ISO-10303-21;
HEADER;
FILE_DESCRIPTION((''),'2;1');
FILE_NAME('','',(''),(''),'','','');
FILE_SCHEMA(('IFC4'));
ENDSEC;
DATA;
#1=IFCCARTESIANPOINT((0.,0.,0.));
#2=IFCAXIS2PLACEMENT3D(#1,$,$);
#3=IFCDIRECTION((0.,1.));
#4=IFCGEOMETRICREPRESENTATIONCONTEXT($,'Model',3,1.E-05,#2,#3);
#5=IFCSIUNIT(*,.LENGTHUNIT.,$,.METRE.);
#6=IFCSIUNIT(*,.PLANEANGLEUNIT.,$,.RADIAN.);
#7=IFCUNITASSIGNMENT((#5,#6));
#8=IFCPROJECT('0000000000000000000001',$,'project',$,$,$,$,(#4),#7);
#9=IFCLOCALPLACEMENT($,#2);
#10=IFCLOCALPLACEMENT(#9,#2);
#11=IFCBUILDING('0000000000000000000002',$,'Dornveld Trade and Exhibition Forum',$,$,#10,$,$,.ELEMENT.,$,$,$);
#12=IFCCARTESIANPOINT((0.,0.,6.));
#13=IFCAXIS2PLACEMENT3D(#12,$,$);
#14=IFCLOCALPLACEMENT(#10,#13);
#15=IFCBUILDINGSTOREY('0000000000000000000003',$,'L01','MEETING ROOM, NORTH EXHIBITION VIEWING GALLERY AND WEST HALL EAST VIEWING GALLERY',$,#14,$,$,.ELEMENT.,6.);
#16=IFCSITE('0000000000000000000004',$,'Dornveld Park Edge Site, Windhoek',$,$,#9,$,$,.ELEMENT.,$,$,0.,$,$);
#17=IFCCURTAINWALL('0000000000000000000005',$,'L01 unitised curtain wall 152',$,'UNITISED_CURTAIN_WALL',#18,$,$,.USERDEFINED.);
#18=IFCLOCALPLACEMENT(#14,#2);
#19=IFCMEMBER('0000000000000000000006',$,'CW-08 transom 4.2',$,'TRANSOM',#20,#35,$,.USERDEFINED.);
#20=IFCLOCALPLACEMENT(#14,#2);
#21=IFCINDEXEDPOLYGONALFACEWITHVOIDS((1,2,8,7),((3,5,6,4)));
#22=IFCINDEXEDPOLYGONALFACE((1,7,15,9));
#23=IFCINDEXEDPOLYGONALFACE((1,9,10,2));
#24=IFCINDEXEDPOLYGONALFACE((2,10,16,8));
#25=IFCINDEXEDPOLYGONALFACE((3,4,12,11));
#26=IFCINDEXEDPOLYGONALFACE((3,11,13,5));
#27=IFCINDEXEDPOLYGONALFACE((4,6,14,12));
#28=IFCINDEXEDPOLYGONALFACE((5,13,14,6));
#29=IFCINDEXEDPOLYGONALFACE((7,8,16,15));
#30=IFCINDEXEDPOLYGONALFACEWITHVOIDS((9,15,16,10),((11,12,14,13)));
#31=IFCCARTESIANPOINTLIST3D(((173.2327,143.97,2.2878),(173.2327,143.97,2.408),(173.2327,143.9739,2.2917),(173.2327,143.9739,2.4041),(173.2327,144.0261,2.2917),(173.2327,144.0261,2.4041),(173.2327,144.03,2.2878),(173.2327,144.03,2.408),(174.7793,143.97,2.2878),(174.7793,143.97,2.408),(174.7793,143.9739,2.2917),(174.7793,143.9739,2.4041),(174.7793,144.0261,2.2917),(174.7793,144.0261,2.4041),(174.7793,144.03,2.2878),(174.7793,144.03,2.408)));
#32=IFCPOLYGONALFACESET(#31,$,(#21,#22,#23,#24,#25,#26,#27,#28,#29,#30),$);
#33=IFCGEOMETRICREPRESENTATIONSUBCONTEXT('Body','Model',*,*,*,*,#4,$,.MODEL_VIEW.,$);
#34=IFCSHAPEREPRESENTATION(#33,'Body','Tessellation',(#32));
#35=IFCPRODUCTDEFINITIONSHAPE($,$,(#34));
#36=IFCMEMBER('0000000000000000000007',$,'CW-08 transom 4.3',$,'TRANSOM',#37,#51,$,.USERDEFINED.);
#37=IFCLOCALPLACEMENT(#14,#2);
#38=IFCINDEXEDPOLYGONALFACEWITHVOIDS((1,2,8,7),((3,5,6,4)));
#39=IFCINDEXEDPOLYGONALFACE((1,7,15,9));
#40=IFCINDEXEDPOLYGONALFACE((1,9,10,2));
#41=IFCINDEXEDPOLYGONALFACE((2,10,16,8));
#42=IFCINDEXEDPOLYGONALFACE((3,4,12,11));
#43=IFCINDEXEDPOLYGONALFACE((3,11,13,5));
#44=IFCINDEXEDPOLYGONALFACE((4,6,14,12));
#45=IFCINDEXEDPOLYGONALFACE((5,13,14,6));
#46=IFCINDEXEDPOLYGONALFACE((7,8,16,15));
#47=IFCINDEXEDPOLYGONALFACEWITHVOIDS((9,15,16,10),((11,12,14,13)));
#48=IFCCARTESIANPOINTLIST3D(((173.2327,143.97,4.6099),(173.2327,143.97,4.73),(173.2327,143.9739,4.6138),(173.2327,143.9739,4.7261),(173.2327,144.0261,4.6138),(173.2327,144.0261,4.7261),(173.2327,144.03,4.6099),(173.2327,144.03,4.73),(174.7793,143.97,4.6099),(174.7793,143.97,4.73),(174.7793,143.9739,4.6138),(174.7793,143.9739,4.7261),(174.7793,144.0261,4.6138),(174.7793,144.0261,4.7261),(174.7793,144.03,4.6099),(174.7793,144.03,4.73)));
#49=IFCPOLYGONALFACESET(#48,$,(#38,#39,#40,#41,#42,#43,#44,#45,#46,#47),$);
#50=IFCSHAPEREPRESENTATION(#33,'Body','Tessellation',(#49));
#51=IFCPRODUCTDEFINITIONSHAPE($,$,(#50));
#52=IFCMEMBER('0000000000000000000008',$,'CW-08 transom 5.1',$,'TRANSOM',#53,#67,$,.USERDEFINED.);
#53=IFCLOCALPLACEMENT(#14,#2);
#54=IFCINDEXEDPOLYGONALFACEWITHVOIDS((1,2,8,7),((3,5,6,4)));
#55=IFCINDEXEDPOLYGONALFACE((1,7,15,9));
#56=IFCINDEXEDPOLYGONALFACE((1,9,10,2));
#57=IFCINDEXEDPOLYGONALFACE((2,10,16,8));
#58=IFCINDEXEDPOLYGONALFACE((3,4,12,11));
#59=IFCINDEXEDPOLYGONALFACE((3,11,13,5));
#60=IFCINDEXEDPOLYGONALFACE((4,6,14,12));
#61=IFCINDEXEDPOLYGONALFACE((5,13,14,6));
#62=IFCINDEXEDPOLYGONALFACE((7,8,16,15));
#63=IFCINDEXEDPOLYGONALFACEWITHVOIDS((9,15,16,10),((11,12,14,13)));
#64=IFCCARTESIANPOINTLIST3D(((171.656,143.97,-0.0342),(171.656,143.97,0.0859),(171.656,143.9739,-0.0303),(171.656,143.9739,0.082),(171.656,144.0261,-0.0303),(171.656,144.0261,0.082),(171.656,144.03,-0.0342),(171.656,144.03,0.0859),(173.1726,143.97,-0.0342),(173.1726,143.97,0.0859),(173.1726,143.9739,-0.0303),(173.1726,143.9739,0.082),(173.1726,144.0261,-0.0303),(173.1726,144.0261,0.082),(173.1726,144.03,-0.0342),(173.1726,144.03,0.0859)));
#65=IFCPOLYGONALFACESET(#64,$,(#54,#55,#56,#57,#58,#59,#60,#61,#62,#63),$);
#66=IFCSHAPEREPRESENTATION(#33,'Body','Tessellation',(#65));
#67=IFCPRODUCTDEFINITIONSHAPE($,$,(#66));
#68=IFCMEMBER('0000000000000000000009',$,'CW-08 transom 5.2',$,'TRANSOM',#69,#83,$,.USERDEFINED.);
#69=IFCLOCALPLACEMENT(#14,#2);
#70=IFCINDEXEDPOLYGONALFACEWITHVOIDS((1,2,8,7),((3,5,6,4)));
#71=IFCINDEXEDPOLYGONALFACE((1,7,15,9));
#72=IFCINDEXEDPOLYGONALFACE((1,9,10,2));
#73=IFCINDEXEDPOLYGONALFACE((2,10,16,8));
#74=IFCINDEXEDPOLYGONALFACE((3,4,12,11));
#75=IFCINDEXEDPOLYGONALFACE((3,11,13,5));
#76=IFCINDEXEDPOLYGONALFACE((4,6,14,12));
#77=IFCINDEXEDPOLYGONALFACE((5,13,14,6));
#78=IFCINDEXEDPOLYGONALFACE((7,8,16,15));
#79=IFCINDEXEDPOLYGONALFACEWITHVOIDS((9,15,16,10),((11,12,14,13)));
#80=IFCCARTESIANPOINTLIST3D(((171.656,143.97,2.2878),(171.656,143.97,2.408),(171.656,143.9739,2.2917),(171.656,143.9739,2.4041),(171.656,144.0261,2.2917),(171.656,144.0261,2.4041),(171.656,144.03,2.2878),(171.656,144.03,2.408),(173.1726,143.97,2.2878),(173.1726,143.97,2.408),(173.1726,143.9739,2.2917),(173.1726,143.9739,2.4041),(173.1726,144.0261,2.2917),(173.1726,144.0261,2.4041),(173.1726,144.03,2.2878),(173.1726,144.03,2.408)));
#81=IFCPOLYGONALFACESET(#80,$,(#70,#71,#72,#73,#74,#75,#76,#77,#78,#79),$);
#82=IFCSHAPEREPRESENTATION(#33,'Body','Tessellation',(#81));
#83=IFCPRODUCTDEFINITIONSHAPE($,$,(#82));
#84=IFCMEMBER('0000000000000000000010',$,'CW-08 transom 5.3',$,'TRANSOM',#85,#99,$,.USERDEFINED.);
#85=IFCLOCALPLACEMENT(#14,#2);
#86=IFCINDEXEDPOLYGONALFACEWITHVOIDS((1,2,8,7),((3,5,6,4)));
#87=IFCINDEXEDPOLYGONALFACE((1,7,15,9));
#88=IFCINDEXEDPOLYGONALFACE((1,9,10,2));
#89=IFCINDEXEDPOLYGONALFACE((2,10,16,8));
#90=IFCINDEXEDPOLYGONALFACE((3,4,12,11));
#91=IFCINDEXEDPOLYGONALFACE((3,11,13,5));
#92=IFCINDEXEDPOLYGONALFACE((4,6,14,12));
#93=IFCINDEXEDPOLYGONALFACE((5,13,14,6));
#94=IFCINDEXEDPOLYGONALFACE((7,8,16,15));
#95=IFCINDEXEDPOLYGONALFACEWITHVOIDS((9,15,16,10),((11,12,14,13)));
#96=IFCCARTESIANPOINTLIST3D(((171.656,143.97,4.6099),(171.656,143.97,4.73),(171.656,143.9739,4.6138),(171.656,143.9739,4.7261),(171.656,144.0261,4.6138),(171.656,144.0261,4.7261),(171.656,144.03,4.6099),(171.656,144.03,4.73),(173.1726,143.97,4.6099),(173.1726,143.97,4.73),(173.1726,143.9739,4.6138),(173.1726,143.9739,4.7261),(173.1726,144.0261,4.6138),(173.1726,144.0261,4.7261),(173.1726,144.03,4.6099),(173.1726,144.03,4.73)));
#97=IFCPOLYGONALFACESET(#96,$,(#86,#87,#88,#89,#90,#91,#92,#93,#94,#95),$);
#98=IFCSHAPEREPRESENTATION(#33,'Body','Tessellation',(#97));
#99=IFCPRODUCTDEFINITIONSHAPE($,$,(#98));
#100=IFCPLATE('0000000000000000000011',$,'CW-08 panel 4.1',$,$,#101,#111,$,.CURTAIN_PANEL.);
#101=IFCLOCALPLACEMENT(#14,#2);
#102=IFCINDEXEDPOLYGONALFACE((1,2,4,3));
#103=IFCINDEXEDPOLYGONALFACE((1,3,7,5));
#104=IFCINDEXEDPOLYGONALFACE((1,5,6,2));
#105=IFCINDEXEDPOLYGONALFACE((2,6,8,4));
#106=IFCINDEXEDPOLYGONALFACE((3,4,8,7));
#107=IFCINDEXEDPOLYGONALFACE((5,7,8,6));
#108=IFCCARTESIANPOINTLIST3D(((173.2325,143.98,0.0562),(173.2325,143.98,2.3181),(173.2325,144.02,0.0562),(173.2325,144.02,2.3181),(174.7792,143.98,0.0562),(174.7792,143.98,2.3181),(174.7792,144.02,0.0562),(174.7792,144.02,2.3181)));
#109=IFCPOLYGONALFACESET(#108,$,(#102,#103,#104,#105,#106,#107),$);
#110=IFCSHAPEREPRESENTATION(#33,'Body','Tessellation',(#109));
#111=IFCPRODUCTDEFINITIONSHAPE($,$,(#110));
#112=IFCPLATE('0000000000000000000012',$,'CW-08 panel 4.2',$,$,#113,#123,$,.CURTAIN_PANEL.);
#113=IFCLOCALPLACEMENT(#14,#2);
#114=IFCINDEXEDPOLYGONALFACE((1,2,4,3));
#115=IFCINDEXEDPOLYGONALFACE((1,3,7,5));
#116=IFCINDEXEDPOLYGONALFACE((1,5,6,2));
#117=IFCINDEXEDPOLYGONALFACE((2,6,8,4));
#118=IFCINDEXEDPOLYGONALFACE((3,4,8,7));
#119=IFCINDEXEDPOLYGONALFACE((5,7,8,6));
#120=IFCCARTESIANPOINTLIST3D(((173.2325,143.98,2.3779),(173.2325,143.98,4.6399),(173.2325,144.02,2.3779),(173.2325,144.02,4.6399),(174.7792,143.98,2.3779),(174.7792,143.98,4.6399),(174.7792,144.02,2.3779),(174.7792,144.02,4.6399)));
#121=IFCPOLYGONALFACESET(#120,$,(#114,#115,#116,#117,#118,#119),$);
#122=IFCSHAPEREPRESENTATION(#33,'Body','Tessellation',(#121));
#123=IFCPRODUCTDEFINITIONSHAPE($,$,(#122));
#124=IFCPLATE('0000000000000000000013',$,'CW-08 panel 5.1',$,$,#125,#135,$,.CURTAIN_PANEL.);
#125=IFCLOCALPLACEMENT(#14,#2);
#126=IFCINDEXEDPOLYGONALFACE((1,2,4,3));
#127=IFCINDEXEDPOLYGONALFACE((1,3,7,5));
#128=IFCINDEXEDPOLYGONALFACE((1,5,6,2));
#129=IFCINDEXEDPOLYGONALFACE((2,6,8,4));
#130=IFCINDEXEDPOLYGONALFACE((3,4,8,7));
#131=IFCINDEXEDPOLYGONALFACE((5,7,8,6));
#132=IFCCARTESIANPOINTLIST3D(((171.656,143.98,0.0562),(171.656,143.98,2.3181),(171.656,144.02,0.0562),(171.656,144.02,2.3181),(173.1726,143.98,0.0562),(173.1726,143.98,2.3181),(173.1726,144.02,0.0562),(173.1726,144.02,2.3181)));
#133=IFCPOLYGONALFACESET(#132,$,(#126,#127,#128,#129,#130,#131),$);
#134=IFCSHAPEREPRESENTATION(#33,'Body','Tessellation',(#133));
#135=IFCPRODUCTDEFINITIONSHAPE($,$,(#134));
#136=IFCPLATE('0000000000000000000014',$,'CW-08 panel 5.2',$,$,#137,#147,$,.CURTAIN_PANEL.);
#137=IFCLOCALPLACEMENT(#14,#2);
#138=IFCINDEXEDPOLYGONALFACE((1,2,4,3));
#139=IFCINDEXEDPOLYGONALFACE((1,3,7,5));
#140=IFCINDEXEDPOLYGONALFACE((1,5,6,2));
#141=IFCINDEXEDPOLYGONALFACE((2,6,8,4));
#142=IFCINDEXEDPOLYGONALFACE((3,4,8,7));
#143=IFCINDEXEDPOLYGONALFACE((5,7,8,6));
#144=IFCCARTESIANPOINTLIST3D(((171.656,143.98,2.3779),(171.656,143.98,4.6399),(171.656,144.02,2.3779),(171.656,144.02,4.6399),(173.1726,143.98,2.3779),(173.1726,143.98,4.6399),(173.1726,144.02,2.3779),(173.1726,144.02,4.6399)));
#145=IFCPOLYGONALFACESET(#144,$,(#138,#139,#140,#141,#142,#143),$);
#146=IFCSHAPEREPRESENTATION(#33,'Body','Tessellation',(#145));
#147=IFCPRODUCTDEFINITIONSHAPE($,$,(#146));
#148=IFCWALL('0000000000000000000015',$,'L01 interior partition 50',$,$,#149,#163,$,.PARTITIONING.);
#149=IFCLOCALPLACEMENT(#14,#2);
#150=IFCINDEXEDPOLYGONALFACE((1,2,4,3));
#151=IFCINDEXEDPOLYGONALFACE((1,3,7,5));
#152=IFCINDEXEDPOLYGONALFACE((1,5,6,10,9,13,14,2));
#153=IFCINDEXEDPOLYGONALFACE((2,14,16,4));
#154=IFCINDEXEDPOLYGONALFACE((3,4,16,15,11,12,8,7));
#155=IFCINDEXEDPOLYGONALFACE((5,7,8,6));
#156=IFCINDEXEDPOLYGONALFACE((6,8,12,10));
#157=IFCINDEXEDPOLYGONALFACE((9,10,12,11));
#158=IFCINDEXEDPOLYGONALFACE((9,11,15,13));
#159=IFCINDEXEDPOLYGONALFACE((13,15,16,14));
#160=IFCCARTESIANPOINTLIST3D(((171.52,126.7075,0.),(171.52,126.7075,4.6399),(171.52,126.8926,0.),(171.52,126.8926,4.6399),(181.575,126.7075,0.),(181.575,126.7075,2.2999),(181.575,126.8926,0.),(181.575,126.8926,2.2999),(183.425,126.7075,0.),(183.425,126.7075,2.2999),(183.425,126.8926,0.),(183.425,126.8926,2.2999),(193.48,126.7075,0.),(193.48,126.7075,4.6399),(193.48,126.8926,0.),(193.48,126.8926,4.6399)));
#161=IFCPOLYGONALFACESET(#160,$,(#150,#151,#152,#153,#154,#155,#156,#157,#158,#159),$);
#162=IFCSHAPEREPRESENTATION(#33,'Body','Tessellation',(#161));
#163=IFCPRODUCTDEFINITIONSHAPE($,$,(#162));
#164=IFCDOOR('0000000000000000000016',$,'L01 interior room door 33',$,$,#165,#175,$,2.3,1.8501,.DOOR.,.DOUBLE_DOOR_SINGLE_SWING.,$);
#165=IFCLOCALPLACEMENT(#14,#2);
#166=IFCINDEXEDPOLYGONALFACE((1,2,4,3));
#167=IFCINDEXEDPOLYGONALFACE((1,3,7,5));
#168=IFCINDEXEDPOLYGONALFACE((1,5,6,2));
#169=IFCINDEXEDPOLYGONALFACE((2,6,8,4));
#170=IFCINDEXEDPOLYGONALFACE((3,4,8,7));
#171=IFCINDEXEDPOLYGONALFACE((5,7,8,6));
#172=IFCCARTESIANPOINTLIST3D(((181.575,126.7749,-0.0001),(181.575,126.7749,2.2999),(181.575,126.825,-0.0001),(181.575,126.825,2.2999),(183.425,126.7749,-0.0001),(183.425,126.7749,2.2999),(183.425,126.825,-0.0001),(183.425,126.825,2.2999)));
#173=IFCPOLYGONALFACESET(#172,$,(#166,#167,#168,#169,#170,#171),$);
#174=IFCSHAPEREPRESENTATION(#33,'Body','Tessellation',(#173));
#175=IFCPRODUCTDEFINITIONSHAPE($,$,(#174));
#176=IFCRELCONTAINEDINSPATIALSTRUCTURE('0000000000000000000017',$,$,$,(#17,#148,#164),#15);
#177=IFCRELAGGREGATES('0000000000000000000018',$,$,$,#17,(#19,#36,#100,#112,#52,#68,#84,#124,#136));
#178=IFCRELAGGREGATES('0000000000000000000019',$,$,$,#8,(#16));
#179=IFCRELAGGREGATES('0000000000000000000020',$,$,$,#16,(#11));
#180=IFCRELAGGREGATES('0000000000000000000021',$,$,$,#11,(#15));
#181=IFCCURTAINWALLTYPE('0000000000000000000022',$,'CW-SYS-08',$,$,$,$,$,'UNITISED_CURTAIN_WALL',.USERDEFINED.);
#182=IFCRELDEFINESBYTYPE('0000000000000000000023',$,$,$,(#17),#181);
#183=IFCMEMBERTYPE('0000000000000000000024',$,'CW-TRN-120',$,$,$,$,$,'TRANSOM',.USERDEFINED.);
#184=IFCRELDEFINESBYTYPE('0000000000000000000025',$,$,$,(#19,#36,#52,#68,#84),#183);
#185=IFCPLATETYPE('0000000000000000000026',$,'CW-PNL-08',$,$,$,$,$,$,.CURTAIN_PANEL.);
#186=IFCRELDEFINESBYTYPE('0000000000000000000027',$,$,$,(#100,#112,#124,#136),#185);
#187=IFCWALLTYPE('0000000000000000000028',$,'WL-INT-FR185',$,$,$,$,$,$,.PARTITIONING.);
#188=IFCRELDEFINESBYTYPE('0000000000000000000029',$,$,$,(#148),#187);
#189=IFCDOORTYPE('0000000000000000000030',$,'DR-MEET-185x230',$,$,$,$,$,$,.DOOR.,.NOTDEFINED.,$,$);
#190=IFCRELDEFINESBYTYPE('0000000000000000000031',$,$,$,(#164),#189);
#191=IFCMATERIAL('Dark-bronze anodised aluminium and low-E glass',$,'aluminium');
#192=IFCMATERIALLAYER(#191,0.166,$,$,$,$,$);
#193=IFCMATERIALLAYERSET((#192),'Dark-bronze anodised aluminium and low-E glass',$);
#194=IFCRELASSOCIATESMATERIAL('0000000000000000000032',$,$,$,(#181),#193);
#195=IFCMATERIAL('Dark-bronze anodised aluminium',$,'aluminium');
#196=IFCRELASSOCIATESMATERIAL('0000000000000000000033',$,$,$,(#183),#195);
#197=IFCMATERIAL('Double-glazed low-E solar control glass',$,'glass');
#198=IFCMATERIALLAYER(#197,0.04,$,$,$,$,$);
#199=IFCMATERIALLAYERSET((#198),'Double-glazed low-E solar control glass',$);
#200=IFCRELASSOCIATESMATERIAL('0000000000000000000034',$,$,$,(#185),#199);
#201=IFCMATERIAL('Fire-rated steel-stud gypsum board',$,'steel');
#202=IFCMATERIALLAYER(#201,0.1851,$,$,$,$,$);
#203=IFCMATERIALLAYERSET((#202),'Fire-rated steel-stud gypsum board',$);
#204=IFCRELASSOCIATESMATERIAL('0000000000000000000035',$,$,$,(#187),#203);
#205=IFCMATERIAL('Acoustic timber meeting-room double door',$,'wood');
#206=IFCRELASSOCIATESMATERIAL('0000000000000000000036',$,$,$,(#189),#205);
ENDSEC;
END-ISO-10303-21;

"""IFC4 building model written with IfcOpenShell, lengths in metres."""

from ifc_helpers import new_model, si_unit, direction, frame, frame_2d, origin, origin_2d, place, context, subcontext, project, spatial, rectangle, hollow_rectangle, extrude, material, layer, layer_set, material_profile, profile_set, type_object, element, fill, aggregate, save


model = new_model("IFC4")

# Units and contexts
model_context = context("Model", 3, precision=1e-05, world=origin(), true_north=direction((0.0, 1.0)))
body_context = subcontext(model_context, "Body", "Model", "MODEL_VIEW")
ifc_project = project(units=[si_unit("LENGTHUNIT", "METRE"), si_unit("PLANEANGLEUNIT", "RADIAN")], contexts=[model_context])

# Site, building, storey
site_placement = place(None, origin())
site = spatial("IfcSite", under=ifc_project, at=site_placement, Name="Dornveld Park Edge Site, Windhoek", CompositionType="ELEMENT", RefElevation=0.0)
building_placement = place(site_placement, origin())
building = spatial("IfcBuilding", under=site, at=building_placement, Name="Dornveld Trade and Exhibition Forum", CompositionType="ELEMENT")
storey_placement = place(building_placement, frame((0.0, 0.0, 6.0)))
storey = spatial("IfcBuildingStorey", under=building, at=storey_placement, Name="L01", Description="MEETING ROOM, NORTH EXHIBITION VIEWING GALLERY AND WEST HALL EAST VIEWING GALLERY", CompositionType="ELEMENT", Elevation=6.0)

# Curtain wall, members, plates
ifc_material_1 = material(Name="Dark-bronze anodised aluminium and low-E glass", Category="aluminium")
ifc_layer_1 = layer(ifc_material_1, 0.166)
ifc_layer_set_1 = layer_set([ifc_layer_1], Name="Dark-bronze anodised aluminium and low-E glass")
curtain_wall_type = type_object("IfcCurtainWallType", Name="CW-SYS-08", ElementType="UNITISED_CURTAIN_WALL", PredefinedType="USERDEFINED", material=ifc_layer_set_1)
curtain_wall_placement = place(storey_placement, origin())
curtain_wall = element("IfcCurtainWall", 1, at=curtain_wall_placement, inside=storey, type_object=curtain_wall_type, Name="L01 unitised curtain wall 152", ObjectType="UNITISED_CURTAIN_WALL", PredefinedType="USERDEFINED")
ifc_material_2 = material(Name="Dark-bronze anodised aluminium", Category="aluminium")
ifc_material_profile_1 = material_profile(ifc_material_2, hollow_rectangle(XDim=0.0601, YDim=0.1201, WallThickness=0.0039, at=origin_2d()), Name="RHS 120x60x4")
ifc_profile_set_1 = profile_set([ifc_material_profile_1], Name="Dark-bronze anodised aluminium")
member_type_1 = type_object("IfcMemberType", Name="CW-TRN-120", ElementType="TRANSOM", PredefinedType="USERDEFINED", material=ifc_profile_set_1)
member_1_placement = place(storey_placement, frame((174.7793, 144.0, 2.3479), z_axis=(-1.0, 0.0, 0.0), x_axis=(0.0, -1.0, 0.0)))
member_1 = element("IfcMember", 2, at=member_1_placement, type_object=member_type_1, Name="CW-08 transom 4.2", ObjectType="TRANSOM", PredefinedType="USERDEFINED", context=body_context, shape_type="SweptSolid", body=[
    extrude(hollow_rectangle(XDim=0.0601, YDim=0.1201, WallThickness=0.0039, at=origin_2d()), origin(), (0.0, 0.0, 1.0), 1.5466),
])
member_2_placement = place(storey_placement, frame((174.7793, 144.0, 4.6699), z_axis=(-1.0, 0.0, 0.0), x_axis=(0.0, -1.0, 0.0)))
member_2 = element("IfcMember", 3, at=member_2_placement, type_object=member_type_1, Name="CW-08 transom 4.3", ObjectType="TRANSOM", PredefinedType="USERDEFINED", context=body_context, shape_type="SweptSolid", body=[
    extrude(hollow_rectangle(XDim=0.0601, YDim=0.1201, WallThickness=0.0039, at=origin_2d()), origin(), (0.0, 0.0, 1.0), 1.5466),
])
member_3_placement = place(storey_placement, frame((173.1726, 144.0, 0.0259), z_axis=(-1.0, 0.0, 0.0), x_axis=(0.0, -1.0, 0.0)))
member_3 = element("IfcMember", 4, at=member_3_placement, type_object=member_type_1, Name="CW-08 transom 5.1", ObjectType="TRANSOM", PredefinedType="USERDEFINED", context=body_context, shape_type="SweptSolid", body=[
    extrude(hollow_rectangle(XDim=0.0601, YDim=0.1201, WallThickness=0.0039, at=origin_2d()), origin(), (0.0, 0.0, 1.0), 1.5166),
])
member_4_placement = place(storey_placement, frame((173.1726, 144.0, 2.3479), z_axis=(-1.0, 0.0, 0.0), x_axis=(0.0, -1.0, 0.0)))
member_4 = element("IfcMember", 5, at=member_4_placement, type_object=member_type_1, Name="CW-08 transom 5.2", ObjectType="TRANSOM", PredefinedType="USERDEFINED", context=body_context, shape_type="SweptSolid", body=[
    extrude(hollow_rectangle(XDim=0.0601, YDim=0.1201, WallThickness=0.0039, at=origin_2d()), origin(), (0.0, 0.0, 1.0), 1.5166),
])
member_5_placement = place(storey_placement, frame((173.1726, 144.0, 4.6699), z_axis=(-1.0, 0.0, 0.0), x_axis=(0.0, -1.0, 0.0)))
member_5 = element("IfcMember", 6, at=member_5_placement, type_object=member_type_1, Name="CW-08 transom 5.3", ObjectType="TRANSOM", PredefinedType="USERDEFINED", context=body_context, shape_type="SweptSolid", body=[
    extrude(hollow_rectangle(XDim=0.0601, YDim=0.1201, WallThickness=0.0039, at=origin_2d()), origin(), (0.0, 0.0, 1.0), 1.5166),
])
ifc_material_3 = material(Name="Double-glazed low-E solar control glass", Category="glass")
ifc_layer_2 = layer(ifc_material_3, 0.04)
ifc_layer_set_2 = layer_set([ifc_layer_2], Name="Double-glazed low-E solar control glass")
plate_type = type_object("IfcPlateType", Name="CW-PNL-08", PredefinedType="CURTAIN_PANEL", material=ifc_layer_set_2)
plate_1_placement = place(storey_placement, frame((174.0059, 144.0, 0.0562), z_axis=(0.0, 0.0, 1.0), x_axis=(-1.0, 0.0, 0.0)))
plate_1 = element("IfcPlate", 7, at=plate_1_placement, type_object=plate_type, Name="CW-08 panel 4.1", PredefinedType="CURTAIN_PANEL", context=body_context, shape_type="SweptSolid", body=[
    extrude(rectangle(XDim=1.5466, YDim=0.04, at=origin_2d()), origin(), (0.0, 0.0, 1.0), 2.262),
])
plate_2_placement = place(storey_placement, frame((174.0059, 144.0, 2.3779), z_axis=(0.0, 0.0, 1.0), x_axis=(-1.0, 0.0, 0.0)))
plate_2 = element("IfcPlate", 8, at=plate_2_placement, type_object=plate_type, Name="CW-08 panel 4.2", PredefinedType="CURTAIN_PANEL", context=body_context, shape_type="SweptSolid", body=[
    extrude(rectangle(XDim=1.5466, YDim=0.04, at=origin_2d()), origin(), (0.0, 0.0, 1.0), 2.262),
])
plate_3_placement = place(storey_placement, frame((172.4143, 144.0, 0.0562), z_axis=(0.0, 0.0, 1.0), x_axis=(-1.0, 0.0, 0.0)))
plate_3 = element("IfcPlate", 9, at=plate_3_placement, type_object=plate_type, Name="CW-08 panel 5.1", PredefinedType="CURTAIN_PANEL", context=body_context, shape_type="SweptSolid", body=[
    extrude(rectangle(XDim=1.5166, YDim=0.04, at=origin_2d()), origin(), (0.0, 0.0, 1.0), 2.262),
])
plate_4_placement = place(storey_placement, frame((172.4143, 144.0, 2.3779), z_axis=(0.0, 0.0, 1.0), x_axis=(-1.0, 0.0, 0.0)))
plate_4 = element("IfcPlate", 10, at=plate_4_placement, type_object=plate_type, Name="CW-08 panel 5.2", PredefinedType="CURTAIN_PANEL", context=body_context, shape_type="SweptSolid", body=[
    extrude(rectangle(XDim=1.5166, YDim=0.04, at=origin_2d()), origin(), (0.0, 0.0, 1.0), 2.262),
])
aggregate(curtain_wall, [member_1, member_2, plate_1, plate_2, member_3, member_4, member_5, plate_3, plate_4])

# Wall, opening, door
ifc_material_4 = material(Name="Fire-rated steel-stud gypsum board", Category="steel")
ifc_layer_3 = layer(ifc_material_4, 0.1851)
ifc_layer_set_3 = layer_set([ifc_layer_3], Name="Fire-rated steel-stud gypsum board")
wall_type = type_object("IfcWallType", Name="WL-INT-FR185", PredefinedType="PARTITIONING", material=ifc_layer_set_3)
wall_placement = place(storey_placement, frame((171.52, 126.8, 0.0), z_axis=(0.0, 0.0, 1.0), x_axis=(1.0, 0.0, 0.0)))
wall = element("IfcWall", 11, at=wall_placement, inside=storey, type_object=wall_type, Name="L01 interior partition 50", PredefinedType="PARTITIONING", context=body_context, shape_type="SweptSolid", body=[
    extrude(rectangle(XDim=21.96, YDim=0.1851, at=frame_2d((10.98, 0.0))), origin(), (0.0, 0.0, 1.0), 4.6399),
])
opening_placement = place(wall_placement, frame((10.0549, 0.0, 0.0)))
opening = element("IfcOpeningElement", 12, at=opening_placement, cuts=wall, PredefinedType="OPENING", context=body_context, shape_type="SweptSolid", body=[
    extrude(rectangle(XDim=1.8501, YDim=2.3, at=frame_2d((0.925, 1.1499))), frame((0.0, 0.1025, 0.0), z_axis=(0.0, -1.0, 0.0), x_axis=(1.0, 0.0, 0.0)), (0.0, 0.0, 1.0), 0.2051),
])
ifc_material_5 = material(Name="Acoustic timber meeting-room double door", Category="wood")
door_type = type_object("IfcDoorType", Name="DR-MEET-185x230", OperationType="NOTDEFINED", PredefinedType="DOOR", material=ifc_material_5)
door_placement = place(opening_placement, origin())
door = element("IfcDoor", 13, at=door_placement, inside=storey, type_object=door_type, Name="L01 interior room door 33", OperationType="DOUBLE_DOOR_SINGLE_SWING", OverallHeight=2.3, OverallWidth=1.8501, PredefinedType="DOOR", context=body_context, shape_type="SweptSolid", body=[
    extrude(rectangle(XDim=1.8501, YDim=2.3, at=frame_2d((0.925, 1.1499))), frame((0.0, 0.0249, 0.0), z_axis=(0.0, -1.0, 0.0), x_axis=(1.0, 0.0, 0.0)), (0.0, 0.0, 1.0), 0.05),
])
fill(opening, door)

save(model, "model.ifc")
